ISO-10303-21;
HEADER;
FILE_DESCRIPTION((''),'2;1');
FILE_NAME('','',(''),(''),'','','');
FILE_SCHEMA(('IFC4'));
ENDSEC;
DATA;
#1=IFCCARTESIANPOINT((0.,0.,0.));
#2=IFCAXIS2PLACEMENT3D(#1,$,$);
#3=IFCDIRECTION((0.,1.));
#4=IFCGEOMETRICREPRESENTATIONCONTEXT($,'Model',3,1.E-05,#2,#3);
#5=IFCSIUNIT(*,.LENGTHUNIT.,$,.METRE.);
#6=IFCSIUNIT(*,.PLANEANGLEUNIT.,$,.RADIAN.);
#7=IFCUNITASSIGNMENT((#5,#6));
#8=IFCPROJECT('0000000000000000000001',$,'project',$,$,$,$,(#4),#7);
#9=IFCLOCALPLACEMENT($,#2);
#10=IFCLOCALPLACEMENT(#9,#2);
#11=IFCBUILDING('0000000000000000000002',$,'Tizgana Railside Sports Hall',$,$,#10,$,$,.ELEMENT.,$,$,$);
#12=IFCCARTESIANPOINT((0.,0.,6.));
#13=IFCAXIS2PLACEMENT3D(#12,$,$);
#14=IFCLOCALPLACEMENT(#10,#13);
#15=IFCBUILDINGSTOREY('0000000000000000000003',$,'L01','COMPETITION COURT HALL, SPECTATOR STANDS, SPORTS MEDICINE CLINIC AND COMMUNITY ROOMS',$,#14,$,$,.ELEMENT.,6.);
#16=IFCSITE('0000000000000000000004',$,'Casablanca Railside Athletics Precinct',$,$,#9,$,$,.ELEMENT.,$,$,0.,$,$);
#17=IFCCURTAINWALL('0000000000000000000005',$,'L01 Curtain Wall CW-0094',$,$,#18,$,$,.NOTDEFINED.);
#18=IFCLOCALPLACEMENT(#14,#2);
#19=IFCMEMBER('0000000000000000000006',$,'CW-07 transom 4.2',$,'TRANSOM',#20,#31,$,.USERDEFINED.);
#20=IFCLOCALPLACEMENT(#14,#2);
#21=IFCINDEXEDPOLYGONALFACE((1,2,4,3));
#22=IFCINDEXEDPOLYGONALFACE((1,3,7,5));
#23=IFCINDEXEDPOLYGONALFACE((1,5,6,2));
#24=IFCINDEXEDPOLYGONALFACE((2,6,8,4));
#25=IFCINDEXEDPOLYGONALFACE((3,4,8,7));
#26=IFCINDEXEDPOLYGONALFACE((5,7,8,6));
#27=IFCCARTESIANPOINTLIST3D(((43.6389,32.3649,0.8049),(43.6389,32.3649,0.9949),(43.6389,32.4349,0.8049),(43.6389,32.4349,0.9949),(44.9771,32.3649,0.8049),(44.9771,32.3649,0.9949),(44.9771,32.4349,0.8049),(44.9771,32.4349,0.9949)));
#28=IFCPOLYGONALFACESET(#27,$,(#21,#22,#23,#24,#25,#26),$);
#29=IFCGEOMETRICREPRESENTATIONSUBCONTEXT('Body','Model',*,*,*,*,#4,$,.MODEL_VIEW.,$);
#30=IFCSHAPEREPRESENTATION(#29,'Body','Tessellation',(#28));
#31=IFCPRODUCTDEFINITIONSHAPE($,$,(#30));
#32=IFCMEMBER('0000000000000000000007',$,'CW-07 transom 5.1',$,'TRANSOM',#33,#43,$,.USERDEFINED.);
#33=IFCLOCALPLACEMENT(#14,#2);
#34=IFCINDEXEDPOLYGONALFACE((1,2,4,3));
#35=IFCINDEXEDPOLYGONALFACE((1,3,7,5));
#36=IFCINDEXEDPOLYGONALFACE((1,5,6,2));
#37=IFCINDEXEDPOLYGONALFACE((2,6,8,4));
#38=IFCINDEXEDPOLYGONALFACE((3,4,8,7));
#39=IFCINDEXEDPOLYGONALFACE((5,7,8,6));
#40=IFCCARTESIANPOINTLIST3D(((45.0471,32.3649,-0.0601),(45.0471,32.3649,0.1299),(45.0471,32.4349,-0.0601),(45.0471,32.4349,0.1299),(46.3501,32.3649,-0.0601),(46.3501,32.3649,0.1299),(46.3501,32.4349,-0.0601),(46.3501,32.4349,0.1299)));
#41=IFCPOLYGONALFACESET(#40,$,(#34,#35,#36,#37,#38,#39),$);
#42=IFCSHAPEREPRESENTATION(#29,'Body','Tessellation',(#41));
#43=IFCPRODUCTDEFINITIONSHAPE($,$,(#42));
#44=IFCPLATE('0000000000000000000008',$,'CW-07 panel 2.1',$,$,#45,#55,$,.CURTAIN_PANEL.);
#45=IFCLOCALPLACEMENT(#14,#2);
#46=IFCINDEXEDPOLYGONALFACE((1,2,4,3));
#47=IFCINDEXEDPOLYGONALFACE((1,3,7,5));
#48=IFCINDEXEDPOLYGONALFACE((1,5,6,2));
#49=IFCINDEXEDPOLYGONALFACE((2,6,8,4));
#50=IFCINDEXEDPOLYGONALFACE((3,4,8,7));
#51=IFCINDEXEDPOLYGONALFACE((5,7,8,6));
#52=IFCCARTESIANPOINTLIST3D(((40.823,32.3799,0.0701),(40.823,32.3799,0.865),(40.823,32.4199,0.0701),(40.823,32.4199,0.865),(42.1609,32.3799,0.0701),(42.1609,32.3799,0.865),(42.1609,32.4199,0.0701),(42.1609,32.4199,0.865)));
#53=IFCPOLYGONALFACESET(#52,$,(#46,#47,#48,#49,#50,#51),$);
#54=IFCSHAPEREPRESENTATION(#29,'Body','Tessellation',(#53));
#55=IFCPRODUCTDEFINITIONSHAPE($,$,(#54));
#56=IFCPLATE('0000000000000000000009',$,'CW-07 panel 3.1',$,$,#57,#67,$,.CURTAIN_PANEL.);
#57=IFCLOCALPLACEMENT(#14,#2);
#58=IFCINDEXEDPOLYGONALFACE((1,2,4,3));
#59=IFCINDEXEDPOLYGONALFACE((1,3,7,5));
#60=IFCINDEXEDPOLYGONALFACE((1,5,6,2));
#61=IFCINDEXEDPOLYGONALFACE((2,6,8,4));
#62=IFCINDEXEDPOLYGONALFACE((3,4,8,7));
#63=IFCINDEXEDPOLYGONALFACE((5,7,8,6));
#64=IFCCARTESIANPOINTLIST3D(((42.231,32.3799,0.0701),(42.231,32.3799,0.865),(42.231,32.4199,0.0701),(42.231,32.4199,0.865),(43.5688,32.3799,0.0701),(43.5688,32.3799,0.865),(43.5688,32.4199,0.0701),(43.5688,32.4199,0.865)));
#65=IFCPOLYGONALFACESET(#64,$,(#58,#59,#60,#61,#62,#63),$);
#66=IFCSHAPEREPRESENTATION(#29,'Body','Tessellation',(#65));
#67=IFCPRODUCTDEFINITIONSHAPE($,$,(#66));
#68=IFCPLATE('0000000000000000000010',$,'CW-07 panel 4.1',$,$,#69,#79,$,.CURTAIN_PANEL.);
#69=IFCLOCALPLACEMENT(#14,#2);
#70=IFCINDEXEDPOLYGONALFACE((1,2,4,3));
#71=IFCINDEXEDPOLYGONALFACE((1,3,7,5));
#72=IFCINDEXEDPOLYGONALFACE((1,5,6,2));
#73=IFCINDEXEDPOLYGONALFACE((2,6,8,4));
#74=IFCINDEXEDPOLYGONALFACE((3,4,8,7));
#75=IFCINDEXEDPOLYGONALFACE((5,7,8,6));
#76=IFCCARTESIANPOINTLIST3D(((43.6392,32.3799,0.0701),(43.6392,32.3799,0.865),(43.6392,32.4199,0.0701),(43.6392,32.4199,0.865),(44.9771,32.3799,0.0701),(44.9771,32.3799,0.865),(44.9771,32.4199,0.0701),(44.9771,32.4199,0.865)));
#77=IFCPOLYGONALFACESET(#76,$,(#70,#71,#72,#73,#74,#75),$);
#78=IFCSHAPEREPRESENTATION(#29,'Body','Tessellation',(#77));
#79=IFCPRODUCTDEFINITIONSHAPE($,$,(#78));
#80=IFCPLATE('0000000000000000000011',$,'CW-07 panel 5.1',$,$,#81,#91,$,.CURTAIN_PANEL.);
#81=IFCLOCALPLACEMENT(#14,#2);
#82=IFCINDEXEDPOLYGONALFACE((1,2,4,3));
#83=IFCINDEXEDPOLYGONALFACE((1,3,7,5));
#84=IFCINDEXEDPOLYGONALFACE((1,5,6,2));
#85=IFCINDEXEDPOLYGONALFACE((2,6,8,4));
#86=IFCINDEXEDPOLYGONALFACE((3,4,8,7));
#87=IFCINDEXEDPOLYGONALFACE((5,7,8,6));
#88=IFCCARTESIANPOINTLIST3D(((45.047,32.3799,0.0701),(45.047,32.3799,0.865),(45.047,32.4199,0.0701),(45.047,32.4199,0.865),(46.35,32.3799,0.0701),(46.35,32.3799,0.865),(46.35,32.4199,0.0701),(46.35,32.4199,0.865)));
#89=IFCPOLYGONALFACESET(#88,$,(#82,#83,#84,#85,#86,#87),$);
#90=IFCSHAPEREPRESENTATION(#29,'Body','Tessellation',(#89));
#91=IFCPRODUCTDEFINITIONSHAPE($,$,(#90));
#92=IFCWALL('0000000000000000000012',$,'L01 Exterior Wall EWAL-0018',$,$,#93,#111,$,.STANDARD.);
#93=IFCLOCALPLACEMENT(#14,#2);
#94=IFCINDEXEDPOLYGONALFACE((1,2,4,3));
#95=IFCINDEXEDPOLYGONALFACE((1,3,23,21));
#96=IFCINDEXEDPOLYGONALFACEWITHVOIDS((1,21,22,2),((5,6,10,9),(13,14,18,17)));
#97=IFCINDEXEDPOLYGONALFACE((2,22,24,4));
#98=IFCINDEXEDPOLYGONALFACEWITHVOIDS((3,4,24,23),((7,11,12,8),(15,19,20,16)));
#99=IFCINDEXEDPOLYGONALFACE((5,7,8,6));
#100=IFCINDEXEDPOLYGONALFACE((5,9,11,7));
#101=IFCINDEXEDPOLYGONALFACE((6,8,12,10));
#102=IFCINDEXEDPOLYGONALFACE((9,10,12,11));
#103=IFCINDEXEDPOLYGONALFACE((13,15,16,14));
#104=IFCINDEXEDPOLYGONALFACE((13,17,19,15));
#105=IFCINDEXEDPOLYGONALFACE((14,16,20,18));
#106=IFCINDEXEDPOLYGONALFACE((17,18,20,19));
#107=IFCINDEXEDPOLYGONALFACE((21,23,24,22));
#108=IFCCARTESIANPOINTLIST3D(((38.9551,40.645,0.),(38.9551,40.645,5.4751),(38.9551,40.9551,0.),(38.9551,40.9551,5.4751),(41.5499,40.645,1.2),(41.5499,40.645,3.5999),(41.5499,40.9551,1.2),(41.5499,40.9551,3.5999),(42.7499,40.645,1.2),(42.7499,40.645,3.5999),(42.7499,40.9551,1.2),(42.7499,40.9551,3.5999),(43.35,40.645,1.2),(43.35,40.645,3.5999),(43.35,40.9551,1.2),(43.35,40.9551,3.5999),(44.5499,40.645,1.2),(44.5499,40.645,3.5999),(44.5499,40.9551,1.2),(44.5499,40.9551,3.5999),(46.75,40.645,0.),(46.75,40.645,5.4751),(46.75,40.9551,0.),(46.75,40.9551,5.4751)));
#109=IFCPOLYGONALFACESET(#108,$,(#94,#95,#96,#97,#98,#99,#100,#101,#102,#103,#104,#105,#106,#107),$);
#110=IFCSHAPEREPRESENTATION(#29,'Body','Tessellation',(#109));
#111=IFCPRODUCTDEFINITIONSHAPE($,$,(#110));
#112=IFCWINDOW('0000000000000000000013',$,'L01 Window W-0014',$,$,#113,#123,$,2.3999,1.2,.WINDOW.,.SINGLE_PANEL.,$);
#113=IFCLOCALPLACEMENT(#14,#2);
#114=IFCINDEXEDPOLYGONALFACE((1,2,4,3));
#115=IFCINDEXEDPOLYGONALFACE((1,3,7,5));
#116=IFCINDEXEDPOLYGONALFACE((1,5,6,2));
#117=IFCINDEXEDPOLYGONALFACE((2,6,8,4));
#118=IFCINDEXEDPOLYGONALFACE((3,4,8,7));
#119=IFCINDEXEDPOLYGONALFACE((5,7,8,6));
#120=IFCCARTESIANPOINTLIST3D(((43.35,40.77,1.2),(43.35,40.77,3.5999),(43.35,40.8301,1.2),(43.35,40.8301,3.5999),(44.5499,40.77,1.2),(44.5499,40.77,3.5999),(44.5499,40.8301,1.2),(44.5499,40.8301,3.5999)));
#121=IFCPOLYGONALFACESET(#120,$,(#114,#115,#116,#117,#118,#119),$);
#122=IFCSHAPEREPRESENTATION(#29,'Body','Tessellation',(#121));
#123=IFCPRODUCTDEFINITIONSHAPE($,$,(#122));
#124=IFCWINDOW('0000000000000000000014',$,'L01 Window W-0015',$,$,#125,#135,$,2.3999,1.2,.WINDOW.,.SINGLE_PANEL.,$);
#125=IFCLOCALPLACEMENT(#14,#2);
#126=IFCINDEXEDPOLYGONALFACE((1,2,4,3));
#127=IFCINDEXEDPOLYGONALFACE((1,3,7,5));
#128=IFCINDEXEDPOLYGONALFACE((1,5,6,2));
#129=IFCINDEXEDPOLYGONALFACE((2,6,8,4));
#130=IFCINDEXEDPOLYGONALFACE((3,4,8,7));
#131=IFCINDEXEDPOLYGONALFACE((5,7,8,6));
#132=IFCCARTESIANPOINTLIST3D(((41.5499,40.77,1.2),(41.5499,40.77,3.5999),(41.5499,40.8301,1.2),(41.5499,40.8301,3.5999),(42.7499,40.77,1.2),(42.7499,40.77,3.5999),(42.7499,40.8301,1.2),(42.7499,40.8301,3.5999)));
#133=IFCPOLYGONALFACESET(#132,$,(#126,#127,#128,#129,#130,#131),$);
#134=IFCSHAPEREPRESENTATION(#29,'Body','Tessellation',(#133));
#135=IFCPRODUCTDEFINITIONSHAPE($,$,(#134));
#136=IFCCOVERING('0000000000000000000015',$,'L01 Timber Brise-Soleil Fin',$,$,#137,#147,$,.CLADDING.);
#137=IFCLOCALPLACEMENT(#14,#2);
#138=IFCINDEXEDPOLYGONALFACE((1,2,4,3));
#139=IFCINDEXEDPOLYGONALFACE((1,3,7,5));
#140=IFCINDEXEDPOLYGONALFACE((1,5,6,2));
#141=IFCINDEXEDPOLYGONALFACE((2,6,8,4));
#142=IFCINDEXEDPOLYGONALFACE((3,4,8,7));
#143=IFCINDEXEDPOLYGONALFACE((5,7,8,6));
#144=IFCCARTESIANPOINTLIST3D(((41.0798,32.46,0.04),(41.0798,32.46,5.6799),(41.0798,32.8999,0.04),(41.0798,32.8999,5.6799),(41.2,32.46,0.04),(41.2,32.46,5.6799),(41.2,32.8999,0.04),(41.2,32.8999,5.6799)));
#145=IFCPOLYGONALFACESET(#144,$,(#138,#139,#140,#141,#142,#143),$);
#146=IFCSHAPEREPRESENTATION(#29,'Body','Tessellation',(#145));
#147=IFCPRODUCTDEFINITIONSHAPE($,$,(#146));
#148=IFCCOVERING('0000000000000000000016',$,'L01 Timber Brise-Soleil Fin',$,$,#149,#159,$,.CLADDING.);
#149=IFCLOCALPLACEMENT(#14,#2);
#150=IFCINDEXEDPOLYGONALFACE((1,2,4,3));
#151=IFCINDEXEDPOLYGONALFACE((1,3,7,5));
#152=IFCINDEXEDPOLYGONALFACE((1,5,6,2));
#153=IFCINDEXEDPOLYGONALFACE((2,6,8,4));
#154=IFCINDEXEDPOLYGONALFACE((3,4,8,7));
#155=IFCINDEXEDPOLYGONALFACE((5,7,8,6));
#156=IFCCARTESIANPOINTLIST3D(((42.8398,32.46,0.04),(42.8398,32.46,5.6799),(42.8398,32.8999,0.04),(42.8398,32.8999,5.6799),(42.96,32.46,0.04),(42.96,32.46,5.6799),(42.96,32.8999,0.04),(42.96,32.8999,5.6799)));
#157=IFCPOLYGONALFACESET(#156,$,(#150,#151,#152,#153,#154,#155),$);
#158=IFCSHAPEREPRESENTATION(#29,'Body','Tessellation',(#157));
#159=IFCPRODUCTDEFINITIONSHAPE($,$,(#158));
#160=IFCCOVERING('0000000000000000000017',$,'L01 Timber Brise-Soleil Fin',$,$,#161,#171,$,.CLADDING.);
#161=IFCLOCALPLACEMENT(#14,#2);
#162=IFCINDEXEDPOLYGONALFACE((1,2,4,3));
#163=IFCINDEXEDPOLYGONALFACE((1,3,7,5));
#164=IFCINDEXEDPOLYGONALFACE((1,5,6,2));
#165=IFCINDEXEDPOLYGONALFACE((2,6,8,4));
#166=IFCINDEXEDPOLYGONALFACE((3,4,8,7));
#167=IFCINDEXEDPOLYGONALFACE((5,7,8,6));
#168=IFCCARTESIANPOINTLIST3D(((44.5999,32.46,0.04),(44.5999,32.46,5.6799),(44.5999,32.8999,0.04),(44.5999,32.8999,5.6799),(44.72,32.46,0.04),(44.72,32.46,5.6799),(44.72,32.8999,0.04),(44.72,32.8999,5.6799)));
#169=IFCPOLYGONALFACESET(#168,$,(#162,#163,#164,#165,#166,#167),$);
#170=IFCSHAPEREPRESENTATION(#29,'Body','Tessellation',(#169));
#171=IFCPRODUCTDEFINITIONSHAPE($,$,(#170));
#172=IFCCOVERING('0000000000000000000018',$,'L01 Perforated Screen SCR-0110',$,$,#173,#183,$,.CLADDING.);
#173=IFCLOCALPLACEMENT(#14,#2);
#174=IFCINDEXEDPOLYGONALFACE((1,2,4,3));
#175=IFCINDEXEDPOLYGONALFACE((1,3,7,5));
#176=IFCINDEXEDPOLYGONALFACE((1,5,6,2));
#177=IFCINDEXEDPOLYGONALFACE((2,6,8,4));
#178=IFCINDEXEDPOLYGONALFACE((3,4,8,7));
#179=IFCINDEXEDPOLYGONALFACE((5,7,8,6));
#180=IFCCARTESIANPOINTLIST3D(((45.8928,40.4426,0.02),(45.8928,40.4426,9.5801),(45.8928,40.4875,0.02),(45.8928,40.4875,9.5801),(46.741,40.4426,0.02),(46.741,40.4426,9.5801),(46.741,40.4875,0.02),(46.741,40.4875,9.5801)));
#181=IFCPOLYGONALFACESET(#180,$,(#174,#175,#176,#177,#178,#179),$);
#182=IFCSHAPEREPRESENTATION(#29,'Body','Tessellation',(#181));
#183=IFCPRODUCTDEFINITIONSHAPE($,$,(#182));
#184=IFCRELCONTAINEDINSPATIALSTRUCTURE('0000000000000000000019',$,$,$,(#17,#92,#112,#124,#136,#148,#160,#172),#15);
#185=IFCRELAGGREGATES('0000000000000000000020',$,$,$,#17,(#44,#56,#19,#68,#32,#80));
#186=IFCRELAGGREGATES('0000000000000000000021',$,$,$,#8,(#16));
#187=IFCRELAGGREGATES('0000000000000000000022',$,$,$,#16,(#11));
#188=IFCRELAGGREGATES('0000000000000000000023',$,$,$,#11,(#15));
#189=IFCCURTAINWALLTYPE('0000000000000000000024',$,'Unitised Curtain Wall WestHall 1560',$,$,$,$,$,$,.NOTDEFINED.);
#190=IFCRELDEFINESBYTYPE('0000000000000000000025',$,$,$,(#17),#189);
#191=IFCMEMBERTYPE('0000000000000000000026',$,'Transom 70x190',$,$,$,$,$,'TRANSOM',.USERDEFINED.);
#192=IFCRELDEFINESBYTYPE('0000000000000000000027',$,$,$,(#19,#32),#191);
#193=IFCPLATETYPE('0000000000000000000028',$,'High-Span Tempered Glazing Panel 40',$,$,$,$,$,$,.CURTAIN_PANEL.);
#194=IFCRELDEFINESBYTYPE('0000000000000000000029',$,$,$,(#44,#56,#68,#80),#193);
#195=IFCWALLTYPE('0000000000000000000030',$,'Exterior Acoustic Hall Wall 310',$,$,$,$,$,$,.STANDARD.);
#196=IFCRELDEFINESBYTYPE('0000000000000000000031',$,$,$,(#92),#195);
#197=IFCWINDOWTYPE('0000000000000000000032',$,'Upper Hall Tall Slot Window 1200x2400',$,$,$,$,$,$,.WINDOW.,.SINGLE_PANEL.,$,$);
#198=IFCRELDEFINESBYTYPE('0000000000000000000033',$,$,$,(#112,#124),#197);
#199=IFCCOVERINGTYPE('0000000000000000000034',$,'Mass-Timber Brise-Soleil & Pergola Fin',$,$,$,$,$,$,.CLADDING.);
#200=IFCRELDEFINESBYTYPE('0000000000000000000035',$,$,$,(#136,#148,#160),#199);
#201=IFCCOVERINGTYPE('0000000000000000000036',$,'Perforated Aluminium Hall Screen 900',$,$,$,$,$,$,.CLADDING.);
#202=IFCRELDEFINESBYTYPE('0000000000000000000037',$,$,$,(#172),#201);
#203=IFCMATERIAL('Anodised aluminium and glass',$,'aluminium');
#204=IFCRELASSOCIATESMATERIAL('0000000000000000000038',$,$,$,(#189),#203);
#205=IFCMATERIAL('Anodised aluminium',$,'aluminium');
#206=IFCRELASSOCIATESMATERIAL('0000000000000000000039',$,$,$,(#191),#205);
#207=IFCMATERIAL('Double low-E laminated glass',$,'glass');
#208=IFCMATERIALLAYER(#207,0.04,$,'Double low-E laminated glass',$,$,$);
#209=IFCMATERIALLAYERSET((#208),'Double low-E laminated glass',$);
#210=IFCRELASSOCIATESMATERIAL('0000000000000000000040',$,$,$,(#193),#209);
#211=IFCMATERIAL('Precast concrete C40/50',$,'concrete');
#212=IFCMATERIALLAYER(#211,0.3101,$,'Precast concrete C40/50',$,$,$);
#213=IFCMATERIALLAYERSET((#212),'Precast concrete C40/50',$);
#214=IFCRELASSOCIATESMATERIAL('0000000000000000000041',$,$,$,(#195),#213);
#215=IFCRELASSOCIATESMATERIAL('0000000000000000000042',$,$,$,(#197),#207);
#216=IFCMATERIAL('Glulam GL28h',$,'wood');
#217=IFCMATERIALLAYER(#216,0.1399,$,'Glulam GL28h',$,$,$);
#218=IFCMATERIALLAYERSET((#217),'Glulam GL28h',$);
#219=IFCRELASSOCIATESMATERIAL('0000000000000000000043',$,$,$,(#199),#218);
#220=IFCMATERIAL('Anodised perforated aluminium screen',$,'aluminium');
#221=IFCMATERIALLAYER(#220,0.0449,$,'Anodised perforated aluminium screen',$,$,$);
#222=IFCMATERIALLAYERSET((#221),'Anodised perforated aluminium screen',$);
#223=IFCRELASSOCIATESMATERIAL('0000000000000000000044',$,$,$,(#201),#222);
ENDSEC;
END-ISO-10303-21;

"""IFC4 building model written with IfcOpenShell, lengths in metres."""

from ifc_helpers import new_model, si_unit, direction, frame, frame_2d, origin, origin_2d, place, context, subcontext, project, spatial, rectangle, extrude, material, layer, layer_set, material_profile, profile_set, type_object, element, fill, aggregate, save


model = new_model("IFC4")

# Units and contexts
model_context = context("Model", 3, precision=1e-05, world=origin(), true_north=direction((0.0, 1.0)))
body_context = subcontext(model_context, "Body", "Model", "MODEL_VIEW")
ifc_project = project(units=[si_unit("LENGTHUNIT", "METRE"), si_unit("PLANEANGLEUNIT", "RADIAN")], contexts=[model_context])

# Site, building, storey
site_placement = place(None, origin())
site = spatial("IfcSite", under=ifc_project, at=site_placement, Name="Casablanca Railside Athletics Precinct", CompositionType="ELEMENT", RefElevation=0.0)
building_placement = place(site_placement, origin())
building = spatial("IfcBuilding", under=site, at=building_placement, Name="Tizgana Railside Sports Hall", CompositionType="ELEMENT")
storey_placement = place(building_placement, frame((0.0, 0.0, 6.0)))
storey = spatial("IfcBuildingStorey", under=building, at=storey_placement, Name="L01", Description="COMPETITION COURT HALL, SPECTATOR STANDS, SPORTS MEDICINE CLINIC AND COMMUNITY ROOMS", CompositionType="ELEMENT", Elevation=6.0)

# Curtain wall
ifc_material_1 = material(Name="Anodised aluminium and glass", Category="aluminium")
curtain_wall_type = type_object("IfcCurtainWallType", Name="Unitised Curtain Wall WestHall 1560", PredefinedType="NOTDEFINED", material=ifc_material_1)
curtain_wall_placement = place(storey_placement, origin())
curtain_wall = element("IfcCurtainWall", 1, at=curtain_wall_placement, inside=storey, type_object=curtain_wall_type, Name="L01 Curtain Wall CW-0094", PredefinedType="NOTDEFINED")
ifc_material_2 = material(Name="Anodised aluminium", Category="aluminium")

# Members
ifc_material_profile_1 = material_profile(ifc_material_2, rectangle(XDim=0.0701, YDim=0.1899, at=origin_2d()), Name="Transom 70x190")
ifc_profile_set_1 = profile_set([ifc_material_profile_1], Name="Anodised aluminium")
member_type_1 = type_object("IfcMemberType", Name="Transom 70x190", ElementType="TRANSOM", PredefinedType="USERDEFINED", material=ifc_profile_set_1)
member_1_placement = place(storey_placement, frame((43.6389, 32.3999, 0.8999), z_axis=(1.0, 0.0, 0.0), x_axis=(0.0, 1.0, 0.0)))
member_1 = element("IfcMember", 2, at=member_1_placement, type_object=member_type_1, Name="CW-07 transom 4.2", ObjectType="TRANSOM", PredefinedType="USERDEFINED", context=body_context, shape_type="SweptSolid", body=[
    extrude(rectangle(XDim=0.0701, YDim=0.1899, at=origin_2d()), origin(), (0.0, 0.0, 1.0), 1.3381),
])
member_2_placement = place(storey_placement, frame((45.0471, 32.3999, 0.0349), z_axis=(1.0, 0.0, 0.0), x_axis=(0.0, 1.0, 0.0)))
member_2 = element("IfcMember", 3, at=member_2_placement, type_object=member_type_1, Name="CW-07 transom 5.1", ObjectType="TRANSOM", PredefinedType="USERDEFINED", context=body_context, shape_type="SweptSolid", body=[
    extrude(rectangle(XDim=0.0701, YDim=0.1899, at=origin_2d()), origin(), (0.0, 0.0, 1.0), 1.303),
])

# Plates
ifc_material_3 = material(Name="Double low-E laminated glass", Category="glass")
ifc_layer_1 = layer(ifc_material_3, 0.04, Name="Double low-E laminated glass")
ifc_layer_set_1 = layer_set([ifc_layer_1], Name="Double low-E laminated glass")
plate_type = type_object("IfcPlateType", Name="High-Span Tempered Glazing Panel 40", PredefinedType="CURTAIN_PANEL", material=ifc_layer_set_1)
plate_1_placement = place(storey_placement, frame((41.4919, 32.3999, 0.0701), z_axis=(0.0, 0.0, 1.0), x_axis=(1.0, 0.0, 0.0)))
plate_1 = element("IfcPlate", 4, at=plate_1_placement, type_object=plate_type, Name="CW-07 panel 2.1", PredefinedType="CURTAIN_PANEL", context=body_context, shape_type="SweptSolid", body=[
    extrude(rectangle(XDim=1.3379, YDim=0.04, at=origin_2d()), origin(), (0.0, 0.0, 1.0), 0.7949),
])
plate_2_placement = place(storey_placement, frame((42.8999, 32.3999, 0.0701), z_axis=(0.0, 0.0, 1.0), x_axis=(1.0, 0.0, 0.0)))
plate_2 = element("IfcPlate", 5, at=plate_2_placement, type_object=plate_type, Name="CW-07 panel 3.1", PredefinedType="CURTAIN_PANEL", context=body_context, shape_type="SweptSolid", body=[
    extrude(rectangle(XDim=1.3379, YDim=0.04, at=origin_2d()), origin(), (0.0, 0.0, 1.0), 0.7949),
])
plate_3_placement = place(storey_placement, frame((44.3081, 32.3999, 0.0701), z_axis=(0.0, 0.0, 1.0), x_axis=(1.0, 0.0, 0.0)))
plate_3 = element("IfcPlate", 6, at=plate_3_placement, type_object=plate_type, Name="CW-07 panel 4.1", PredefinedType="CURTAIN_PANEL", context=body_context, shape_type="SweptSolid", body=[
    extrude(rectangle(XDim=1.3379, YDim=0.04, at=origin_2d()), origin(), (0.0, 0.0, 1.0), 0.7949),
])
plate_4_placement = place(storey_placement, frame((45.6985, 32.3999, 0.0701), z_axis=(0.0, 0.0, 1.0), x_axis=(1.0, 0.0, 0.0)))
plate_4 = element("IfcPlate", 7, at=plate_4_placement, type_object=plate_type, Name="CW-07 panel 5.1", PredefinedType="CURTAIN_PANEL", context=body_context, shape_type="SweptSolid", body=[
    extrude(rectangle(XDim=1.303, YDim=0.04, at=origin_2d()), origin(), (0.0, 0.0, 1.0), 0.7949),
])
aggregate(curtain_wall, [plate_1, plate_2, member_1, plate_3, member_2, plate_4])

# Wall, openings, windows
ifc_material_4 = material(Name="Precast concrete C40/50", Category="concrete")
ifc_layer_2 = layer(ifc_material_4, 0.3101, Name="Precast concrete C40/50")
ifc_layer_set_2 = layer_set([ifc_layer_2], Name="Precast concrete C40/50")
wall_type = type_object("IfcWallType", Name="Exterior Acoustic Hall Wall 310", PredefinedType="STANDARD", material=ifc_layer_set_2)
wall_placement = place(storey_placement, frame((46.75, 40.8, 0.0), z_axis=(0.0, 0.0, 1.0), x_axis=(-1.0, 0.0, 0.0)))
wall = element("IfcWall", 8, at=wall_placement, inside=storey, type_object=wall_type, Name="L01 Exterior Wall EWAL-0018", PredefinedType="STANDARD", context=body_context, shape_type="SweptSolid", body=[
    extrude(rectangle(XDim=7.7949, YDim=0.3101, at=frame_2d((3.8975, 0.0))), origin(), (0.0, 0.0, 1.0), 5.4751),
])
opening_1_placement = place(wall_placement, frame((2.2, 0.0, 1.2)))
opening_1 = element("IfcOpeningElement", 9, at=opening_1_placement, cuts=wall, PredefinedType="OPENING", context=body_context, shape_type="SweptSolid", body=[
    extrude(rectangle(XDim=1.2, YDim=2.3999, at=frame_2d((0.6001, 1.2))), frame((0.0, 0.165, 0.0), z_axis=(0.0, -1.0, 0.0), x_axis=(1.0, 0.0, 0.0)), (0.0, 0.0, 1.0), 0.3301),
])
opening_2_placement = place(wall_placement, frame((4.0, 0.0, 1.2)))
opening_2 = element("IfcOpeningElement", 10, at=opening_2_placement, cuts=wall, PredefinedType="OPENING", context=body_context, shape_type="SweptSolid", body=[
    extrude(rectangle(XDim=1.2, YDim=2.3999, at=frame_2d((0.6001, 1.2))), frame((0.0, 0.165, 0.0), z_axis=(0.0, -1.0, 0.0), x_axis=(1.0, 0.0, 0.0)), (0.0, 0.0, 1.0), 0.3301),
])
window_type = type_object("IfcWindowType", Name="Upper Hall Tall Slot Window 1200x2400", PartitioningType="SINGLE_PANEL", PredefinedType="WINDOW", material=ifc_material_3)
window_1_placement = place(opening_1_placement, origin())
window_1 = element("IfcWindow", 11, at=window_1_placement, inside=storey, type_object=window_type, Name="L01 Window W-0014", OverallHeight=2.3999, OverallWidth=1.2, PartitioningType="SINGLE_PANEL", PredefinedType="WINDOW", context=body_context, shape_type="SweptSolid", body=[
    extrude(rectangle(XDim=1.2, YDim=2.3999, at=frame_2d((0.6001, 1.2))), frame((0.0, 0.03, 0.0), z_axis=(0.0, -1.0, 0.0), x_axis=(1.0, 0.0, 0.0)), (0.0, 0.0, 1.0), 0.0601),
])
fill(opening_1, window_1)
window_2_placement = place(opening_2_placement, origin())
window_2 = element("IfcWindow", 12, at=window_2_placement, inside=storey, type_object=window_type, Name="L01 Window W-0015", OverallHeight=2.3999, OverallWidth=1.2, PartitioningType="SINGLE_PANEL", PredefinedType="WINDOW", context=body_context, shape_type="SweptSolid", body=[
    extrude(rectangle(XDim=1.2, YDim=2.3999, at=frame_2d((0.6001, 1.2))), frame((0.0, 0.03, 0.0), z_axis=(0.0, -1.0, 0.0), x_axis=(1.0, 0.0, 0.0)), (0.0, 0.0, 1.0), 0.0601),
])
fill(opening_2, window_2)

# Coverings
ifc_material_5 = material(Name="Glulam GL28h", Category="wood")
ifc_layer_3 = layer(ifc_material_5, 0.1399, Name="Glulam GL28h")
ifc_layer_set_3 = layer_set([ifc_layer_3], Name="Glulam GL28h")
covering_type_1 = type_object("IfcCoveringType", Name="Mass-Timber Brise-Soleil & Pergola Fin", PredefinedType="CLADDING", material=ifc_layer_set_3)
for number, where, z_axis, x_axis, name in (
    (13, (41.1399, 32.6799, 0.04), (0.0, 0.0, 1.0), (1.0, 0.0, 0.0), "L01 Timber Brise-Soleil Fin"),
    (14, (42.8999, 32.6799, 0.04), (0.0, 0.0, 1.0), (1.0, 0.0, 0.0), "L01 Timber Brise-Soleil Fin"),
    (15, (44.6599, 32.6799, 0.04), (0.0, 0.0, 1.0), (1.0, 0.0, 0.0), "L01 Timber Brise-Soleil Fin"),
):
    element("IfcCovering", number, at=place(storey_placement, frame(where, z_axis=z_axis, x_axis=x_axis)), inside=storey, type_object=covering_type_1, Name=name, PredefinedType="CLADDING", context=body_context, shape_type="SweptSolid", body=[
        extrude(rectangle(XDim=0.1201, YDim=0.4399, at=origin_2d()), origin(), (0.0, 0.0, 1.0), 5.6399),
    ])
ifc_material_6 = material(Name="Anodised perforated aluminium screen", Category="aluminium")
ifc_layer_4 = layer(ifc_material_6, 0.0449, Name="Anodised perforated aluminium screen")
ifc_layer_set_4 = layer_set([ifc_layer_4], Name="Anodised perforated aluminium screen")
covering_type_2 = type_object("IfcCoveringType", Name="Perforated Aluminium Hall Screen 900", PredefinedType="CLADDING", material=ifc_layer_set_4)
for number, where, z_axis, x_axis, name in (
    (16, (46.3169, 40.4651, 0.02), (0.0, 0.0, 1.0), (-1.0, 0.0, 0.0), "L01 Perforated Screen SCR-0110"),
):
    element("IfcCovering", number, at=place(storey_placement, frame(where, z_axis=z_axis, x_axis=x_axis)), inside=storey, type_object=covering_type_2, Name=name, PredefinedType="CLADDING", context=body_context, shape_type="SweptSolid", body=[
        extrude(rectangle(XDim=0.8481, YDim=0.0449, at=origin_2d()), origin(), (0.0, 0.0, 1.0), 9.5601),
    ])

save(model, "model.ifc")
